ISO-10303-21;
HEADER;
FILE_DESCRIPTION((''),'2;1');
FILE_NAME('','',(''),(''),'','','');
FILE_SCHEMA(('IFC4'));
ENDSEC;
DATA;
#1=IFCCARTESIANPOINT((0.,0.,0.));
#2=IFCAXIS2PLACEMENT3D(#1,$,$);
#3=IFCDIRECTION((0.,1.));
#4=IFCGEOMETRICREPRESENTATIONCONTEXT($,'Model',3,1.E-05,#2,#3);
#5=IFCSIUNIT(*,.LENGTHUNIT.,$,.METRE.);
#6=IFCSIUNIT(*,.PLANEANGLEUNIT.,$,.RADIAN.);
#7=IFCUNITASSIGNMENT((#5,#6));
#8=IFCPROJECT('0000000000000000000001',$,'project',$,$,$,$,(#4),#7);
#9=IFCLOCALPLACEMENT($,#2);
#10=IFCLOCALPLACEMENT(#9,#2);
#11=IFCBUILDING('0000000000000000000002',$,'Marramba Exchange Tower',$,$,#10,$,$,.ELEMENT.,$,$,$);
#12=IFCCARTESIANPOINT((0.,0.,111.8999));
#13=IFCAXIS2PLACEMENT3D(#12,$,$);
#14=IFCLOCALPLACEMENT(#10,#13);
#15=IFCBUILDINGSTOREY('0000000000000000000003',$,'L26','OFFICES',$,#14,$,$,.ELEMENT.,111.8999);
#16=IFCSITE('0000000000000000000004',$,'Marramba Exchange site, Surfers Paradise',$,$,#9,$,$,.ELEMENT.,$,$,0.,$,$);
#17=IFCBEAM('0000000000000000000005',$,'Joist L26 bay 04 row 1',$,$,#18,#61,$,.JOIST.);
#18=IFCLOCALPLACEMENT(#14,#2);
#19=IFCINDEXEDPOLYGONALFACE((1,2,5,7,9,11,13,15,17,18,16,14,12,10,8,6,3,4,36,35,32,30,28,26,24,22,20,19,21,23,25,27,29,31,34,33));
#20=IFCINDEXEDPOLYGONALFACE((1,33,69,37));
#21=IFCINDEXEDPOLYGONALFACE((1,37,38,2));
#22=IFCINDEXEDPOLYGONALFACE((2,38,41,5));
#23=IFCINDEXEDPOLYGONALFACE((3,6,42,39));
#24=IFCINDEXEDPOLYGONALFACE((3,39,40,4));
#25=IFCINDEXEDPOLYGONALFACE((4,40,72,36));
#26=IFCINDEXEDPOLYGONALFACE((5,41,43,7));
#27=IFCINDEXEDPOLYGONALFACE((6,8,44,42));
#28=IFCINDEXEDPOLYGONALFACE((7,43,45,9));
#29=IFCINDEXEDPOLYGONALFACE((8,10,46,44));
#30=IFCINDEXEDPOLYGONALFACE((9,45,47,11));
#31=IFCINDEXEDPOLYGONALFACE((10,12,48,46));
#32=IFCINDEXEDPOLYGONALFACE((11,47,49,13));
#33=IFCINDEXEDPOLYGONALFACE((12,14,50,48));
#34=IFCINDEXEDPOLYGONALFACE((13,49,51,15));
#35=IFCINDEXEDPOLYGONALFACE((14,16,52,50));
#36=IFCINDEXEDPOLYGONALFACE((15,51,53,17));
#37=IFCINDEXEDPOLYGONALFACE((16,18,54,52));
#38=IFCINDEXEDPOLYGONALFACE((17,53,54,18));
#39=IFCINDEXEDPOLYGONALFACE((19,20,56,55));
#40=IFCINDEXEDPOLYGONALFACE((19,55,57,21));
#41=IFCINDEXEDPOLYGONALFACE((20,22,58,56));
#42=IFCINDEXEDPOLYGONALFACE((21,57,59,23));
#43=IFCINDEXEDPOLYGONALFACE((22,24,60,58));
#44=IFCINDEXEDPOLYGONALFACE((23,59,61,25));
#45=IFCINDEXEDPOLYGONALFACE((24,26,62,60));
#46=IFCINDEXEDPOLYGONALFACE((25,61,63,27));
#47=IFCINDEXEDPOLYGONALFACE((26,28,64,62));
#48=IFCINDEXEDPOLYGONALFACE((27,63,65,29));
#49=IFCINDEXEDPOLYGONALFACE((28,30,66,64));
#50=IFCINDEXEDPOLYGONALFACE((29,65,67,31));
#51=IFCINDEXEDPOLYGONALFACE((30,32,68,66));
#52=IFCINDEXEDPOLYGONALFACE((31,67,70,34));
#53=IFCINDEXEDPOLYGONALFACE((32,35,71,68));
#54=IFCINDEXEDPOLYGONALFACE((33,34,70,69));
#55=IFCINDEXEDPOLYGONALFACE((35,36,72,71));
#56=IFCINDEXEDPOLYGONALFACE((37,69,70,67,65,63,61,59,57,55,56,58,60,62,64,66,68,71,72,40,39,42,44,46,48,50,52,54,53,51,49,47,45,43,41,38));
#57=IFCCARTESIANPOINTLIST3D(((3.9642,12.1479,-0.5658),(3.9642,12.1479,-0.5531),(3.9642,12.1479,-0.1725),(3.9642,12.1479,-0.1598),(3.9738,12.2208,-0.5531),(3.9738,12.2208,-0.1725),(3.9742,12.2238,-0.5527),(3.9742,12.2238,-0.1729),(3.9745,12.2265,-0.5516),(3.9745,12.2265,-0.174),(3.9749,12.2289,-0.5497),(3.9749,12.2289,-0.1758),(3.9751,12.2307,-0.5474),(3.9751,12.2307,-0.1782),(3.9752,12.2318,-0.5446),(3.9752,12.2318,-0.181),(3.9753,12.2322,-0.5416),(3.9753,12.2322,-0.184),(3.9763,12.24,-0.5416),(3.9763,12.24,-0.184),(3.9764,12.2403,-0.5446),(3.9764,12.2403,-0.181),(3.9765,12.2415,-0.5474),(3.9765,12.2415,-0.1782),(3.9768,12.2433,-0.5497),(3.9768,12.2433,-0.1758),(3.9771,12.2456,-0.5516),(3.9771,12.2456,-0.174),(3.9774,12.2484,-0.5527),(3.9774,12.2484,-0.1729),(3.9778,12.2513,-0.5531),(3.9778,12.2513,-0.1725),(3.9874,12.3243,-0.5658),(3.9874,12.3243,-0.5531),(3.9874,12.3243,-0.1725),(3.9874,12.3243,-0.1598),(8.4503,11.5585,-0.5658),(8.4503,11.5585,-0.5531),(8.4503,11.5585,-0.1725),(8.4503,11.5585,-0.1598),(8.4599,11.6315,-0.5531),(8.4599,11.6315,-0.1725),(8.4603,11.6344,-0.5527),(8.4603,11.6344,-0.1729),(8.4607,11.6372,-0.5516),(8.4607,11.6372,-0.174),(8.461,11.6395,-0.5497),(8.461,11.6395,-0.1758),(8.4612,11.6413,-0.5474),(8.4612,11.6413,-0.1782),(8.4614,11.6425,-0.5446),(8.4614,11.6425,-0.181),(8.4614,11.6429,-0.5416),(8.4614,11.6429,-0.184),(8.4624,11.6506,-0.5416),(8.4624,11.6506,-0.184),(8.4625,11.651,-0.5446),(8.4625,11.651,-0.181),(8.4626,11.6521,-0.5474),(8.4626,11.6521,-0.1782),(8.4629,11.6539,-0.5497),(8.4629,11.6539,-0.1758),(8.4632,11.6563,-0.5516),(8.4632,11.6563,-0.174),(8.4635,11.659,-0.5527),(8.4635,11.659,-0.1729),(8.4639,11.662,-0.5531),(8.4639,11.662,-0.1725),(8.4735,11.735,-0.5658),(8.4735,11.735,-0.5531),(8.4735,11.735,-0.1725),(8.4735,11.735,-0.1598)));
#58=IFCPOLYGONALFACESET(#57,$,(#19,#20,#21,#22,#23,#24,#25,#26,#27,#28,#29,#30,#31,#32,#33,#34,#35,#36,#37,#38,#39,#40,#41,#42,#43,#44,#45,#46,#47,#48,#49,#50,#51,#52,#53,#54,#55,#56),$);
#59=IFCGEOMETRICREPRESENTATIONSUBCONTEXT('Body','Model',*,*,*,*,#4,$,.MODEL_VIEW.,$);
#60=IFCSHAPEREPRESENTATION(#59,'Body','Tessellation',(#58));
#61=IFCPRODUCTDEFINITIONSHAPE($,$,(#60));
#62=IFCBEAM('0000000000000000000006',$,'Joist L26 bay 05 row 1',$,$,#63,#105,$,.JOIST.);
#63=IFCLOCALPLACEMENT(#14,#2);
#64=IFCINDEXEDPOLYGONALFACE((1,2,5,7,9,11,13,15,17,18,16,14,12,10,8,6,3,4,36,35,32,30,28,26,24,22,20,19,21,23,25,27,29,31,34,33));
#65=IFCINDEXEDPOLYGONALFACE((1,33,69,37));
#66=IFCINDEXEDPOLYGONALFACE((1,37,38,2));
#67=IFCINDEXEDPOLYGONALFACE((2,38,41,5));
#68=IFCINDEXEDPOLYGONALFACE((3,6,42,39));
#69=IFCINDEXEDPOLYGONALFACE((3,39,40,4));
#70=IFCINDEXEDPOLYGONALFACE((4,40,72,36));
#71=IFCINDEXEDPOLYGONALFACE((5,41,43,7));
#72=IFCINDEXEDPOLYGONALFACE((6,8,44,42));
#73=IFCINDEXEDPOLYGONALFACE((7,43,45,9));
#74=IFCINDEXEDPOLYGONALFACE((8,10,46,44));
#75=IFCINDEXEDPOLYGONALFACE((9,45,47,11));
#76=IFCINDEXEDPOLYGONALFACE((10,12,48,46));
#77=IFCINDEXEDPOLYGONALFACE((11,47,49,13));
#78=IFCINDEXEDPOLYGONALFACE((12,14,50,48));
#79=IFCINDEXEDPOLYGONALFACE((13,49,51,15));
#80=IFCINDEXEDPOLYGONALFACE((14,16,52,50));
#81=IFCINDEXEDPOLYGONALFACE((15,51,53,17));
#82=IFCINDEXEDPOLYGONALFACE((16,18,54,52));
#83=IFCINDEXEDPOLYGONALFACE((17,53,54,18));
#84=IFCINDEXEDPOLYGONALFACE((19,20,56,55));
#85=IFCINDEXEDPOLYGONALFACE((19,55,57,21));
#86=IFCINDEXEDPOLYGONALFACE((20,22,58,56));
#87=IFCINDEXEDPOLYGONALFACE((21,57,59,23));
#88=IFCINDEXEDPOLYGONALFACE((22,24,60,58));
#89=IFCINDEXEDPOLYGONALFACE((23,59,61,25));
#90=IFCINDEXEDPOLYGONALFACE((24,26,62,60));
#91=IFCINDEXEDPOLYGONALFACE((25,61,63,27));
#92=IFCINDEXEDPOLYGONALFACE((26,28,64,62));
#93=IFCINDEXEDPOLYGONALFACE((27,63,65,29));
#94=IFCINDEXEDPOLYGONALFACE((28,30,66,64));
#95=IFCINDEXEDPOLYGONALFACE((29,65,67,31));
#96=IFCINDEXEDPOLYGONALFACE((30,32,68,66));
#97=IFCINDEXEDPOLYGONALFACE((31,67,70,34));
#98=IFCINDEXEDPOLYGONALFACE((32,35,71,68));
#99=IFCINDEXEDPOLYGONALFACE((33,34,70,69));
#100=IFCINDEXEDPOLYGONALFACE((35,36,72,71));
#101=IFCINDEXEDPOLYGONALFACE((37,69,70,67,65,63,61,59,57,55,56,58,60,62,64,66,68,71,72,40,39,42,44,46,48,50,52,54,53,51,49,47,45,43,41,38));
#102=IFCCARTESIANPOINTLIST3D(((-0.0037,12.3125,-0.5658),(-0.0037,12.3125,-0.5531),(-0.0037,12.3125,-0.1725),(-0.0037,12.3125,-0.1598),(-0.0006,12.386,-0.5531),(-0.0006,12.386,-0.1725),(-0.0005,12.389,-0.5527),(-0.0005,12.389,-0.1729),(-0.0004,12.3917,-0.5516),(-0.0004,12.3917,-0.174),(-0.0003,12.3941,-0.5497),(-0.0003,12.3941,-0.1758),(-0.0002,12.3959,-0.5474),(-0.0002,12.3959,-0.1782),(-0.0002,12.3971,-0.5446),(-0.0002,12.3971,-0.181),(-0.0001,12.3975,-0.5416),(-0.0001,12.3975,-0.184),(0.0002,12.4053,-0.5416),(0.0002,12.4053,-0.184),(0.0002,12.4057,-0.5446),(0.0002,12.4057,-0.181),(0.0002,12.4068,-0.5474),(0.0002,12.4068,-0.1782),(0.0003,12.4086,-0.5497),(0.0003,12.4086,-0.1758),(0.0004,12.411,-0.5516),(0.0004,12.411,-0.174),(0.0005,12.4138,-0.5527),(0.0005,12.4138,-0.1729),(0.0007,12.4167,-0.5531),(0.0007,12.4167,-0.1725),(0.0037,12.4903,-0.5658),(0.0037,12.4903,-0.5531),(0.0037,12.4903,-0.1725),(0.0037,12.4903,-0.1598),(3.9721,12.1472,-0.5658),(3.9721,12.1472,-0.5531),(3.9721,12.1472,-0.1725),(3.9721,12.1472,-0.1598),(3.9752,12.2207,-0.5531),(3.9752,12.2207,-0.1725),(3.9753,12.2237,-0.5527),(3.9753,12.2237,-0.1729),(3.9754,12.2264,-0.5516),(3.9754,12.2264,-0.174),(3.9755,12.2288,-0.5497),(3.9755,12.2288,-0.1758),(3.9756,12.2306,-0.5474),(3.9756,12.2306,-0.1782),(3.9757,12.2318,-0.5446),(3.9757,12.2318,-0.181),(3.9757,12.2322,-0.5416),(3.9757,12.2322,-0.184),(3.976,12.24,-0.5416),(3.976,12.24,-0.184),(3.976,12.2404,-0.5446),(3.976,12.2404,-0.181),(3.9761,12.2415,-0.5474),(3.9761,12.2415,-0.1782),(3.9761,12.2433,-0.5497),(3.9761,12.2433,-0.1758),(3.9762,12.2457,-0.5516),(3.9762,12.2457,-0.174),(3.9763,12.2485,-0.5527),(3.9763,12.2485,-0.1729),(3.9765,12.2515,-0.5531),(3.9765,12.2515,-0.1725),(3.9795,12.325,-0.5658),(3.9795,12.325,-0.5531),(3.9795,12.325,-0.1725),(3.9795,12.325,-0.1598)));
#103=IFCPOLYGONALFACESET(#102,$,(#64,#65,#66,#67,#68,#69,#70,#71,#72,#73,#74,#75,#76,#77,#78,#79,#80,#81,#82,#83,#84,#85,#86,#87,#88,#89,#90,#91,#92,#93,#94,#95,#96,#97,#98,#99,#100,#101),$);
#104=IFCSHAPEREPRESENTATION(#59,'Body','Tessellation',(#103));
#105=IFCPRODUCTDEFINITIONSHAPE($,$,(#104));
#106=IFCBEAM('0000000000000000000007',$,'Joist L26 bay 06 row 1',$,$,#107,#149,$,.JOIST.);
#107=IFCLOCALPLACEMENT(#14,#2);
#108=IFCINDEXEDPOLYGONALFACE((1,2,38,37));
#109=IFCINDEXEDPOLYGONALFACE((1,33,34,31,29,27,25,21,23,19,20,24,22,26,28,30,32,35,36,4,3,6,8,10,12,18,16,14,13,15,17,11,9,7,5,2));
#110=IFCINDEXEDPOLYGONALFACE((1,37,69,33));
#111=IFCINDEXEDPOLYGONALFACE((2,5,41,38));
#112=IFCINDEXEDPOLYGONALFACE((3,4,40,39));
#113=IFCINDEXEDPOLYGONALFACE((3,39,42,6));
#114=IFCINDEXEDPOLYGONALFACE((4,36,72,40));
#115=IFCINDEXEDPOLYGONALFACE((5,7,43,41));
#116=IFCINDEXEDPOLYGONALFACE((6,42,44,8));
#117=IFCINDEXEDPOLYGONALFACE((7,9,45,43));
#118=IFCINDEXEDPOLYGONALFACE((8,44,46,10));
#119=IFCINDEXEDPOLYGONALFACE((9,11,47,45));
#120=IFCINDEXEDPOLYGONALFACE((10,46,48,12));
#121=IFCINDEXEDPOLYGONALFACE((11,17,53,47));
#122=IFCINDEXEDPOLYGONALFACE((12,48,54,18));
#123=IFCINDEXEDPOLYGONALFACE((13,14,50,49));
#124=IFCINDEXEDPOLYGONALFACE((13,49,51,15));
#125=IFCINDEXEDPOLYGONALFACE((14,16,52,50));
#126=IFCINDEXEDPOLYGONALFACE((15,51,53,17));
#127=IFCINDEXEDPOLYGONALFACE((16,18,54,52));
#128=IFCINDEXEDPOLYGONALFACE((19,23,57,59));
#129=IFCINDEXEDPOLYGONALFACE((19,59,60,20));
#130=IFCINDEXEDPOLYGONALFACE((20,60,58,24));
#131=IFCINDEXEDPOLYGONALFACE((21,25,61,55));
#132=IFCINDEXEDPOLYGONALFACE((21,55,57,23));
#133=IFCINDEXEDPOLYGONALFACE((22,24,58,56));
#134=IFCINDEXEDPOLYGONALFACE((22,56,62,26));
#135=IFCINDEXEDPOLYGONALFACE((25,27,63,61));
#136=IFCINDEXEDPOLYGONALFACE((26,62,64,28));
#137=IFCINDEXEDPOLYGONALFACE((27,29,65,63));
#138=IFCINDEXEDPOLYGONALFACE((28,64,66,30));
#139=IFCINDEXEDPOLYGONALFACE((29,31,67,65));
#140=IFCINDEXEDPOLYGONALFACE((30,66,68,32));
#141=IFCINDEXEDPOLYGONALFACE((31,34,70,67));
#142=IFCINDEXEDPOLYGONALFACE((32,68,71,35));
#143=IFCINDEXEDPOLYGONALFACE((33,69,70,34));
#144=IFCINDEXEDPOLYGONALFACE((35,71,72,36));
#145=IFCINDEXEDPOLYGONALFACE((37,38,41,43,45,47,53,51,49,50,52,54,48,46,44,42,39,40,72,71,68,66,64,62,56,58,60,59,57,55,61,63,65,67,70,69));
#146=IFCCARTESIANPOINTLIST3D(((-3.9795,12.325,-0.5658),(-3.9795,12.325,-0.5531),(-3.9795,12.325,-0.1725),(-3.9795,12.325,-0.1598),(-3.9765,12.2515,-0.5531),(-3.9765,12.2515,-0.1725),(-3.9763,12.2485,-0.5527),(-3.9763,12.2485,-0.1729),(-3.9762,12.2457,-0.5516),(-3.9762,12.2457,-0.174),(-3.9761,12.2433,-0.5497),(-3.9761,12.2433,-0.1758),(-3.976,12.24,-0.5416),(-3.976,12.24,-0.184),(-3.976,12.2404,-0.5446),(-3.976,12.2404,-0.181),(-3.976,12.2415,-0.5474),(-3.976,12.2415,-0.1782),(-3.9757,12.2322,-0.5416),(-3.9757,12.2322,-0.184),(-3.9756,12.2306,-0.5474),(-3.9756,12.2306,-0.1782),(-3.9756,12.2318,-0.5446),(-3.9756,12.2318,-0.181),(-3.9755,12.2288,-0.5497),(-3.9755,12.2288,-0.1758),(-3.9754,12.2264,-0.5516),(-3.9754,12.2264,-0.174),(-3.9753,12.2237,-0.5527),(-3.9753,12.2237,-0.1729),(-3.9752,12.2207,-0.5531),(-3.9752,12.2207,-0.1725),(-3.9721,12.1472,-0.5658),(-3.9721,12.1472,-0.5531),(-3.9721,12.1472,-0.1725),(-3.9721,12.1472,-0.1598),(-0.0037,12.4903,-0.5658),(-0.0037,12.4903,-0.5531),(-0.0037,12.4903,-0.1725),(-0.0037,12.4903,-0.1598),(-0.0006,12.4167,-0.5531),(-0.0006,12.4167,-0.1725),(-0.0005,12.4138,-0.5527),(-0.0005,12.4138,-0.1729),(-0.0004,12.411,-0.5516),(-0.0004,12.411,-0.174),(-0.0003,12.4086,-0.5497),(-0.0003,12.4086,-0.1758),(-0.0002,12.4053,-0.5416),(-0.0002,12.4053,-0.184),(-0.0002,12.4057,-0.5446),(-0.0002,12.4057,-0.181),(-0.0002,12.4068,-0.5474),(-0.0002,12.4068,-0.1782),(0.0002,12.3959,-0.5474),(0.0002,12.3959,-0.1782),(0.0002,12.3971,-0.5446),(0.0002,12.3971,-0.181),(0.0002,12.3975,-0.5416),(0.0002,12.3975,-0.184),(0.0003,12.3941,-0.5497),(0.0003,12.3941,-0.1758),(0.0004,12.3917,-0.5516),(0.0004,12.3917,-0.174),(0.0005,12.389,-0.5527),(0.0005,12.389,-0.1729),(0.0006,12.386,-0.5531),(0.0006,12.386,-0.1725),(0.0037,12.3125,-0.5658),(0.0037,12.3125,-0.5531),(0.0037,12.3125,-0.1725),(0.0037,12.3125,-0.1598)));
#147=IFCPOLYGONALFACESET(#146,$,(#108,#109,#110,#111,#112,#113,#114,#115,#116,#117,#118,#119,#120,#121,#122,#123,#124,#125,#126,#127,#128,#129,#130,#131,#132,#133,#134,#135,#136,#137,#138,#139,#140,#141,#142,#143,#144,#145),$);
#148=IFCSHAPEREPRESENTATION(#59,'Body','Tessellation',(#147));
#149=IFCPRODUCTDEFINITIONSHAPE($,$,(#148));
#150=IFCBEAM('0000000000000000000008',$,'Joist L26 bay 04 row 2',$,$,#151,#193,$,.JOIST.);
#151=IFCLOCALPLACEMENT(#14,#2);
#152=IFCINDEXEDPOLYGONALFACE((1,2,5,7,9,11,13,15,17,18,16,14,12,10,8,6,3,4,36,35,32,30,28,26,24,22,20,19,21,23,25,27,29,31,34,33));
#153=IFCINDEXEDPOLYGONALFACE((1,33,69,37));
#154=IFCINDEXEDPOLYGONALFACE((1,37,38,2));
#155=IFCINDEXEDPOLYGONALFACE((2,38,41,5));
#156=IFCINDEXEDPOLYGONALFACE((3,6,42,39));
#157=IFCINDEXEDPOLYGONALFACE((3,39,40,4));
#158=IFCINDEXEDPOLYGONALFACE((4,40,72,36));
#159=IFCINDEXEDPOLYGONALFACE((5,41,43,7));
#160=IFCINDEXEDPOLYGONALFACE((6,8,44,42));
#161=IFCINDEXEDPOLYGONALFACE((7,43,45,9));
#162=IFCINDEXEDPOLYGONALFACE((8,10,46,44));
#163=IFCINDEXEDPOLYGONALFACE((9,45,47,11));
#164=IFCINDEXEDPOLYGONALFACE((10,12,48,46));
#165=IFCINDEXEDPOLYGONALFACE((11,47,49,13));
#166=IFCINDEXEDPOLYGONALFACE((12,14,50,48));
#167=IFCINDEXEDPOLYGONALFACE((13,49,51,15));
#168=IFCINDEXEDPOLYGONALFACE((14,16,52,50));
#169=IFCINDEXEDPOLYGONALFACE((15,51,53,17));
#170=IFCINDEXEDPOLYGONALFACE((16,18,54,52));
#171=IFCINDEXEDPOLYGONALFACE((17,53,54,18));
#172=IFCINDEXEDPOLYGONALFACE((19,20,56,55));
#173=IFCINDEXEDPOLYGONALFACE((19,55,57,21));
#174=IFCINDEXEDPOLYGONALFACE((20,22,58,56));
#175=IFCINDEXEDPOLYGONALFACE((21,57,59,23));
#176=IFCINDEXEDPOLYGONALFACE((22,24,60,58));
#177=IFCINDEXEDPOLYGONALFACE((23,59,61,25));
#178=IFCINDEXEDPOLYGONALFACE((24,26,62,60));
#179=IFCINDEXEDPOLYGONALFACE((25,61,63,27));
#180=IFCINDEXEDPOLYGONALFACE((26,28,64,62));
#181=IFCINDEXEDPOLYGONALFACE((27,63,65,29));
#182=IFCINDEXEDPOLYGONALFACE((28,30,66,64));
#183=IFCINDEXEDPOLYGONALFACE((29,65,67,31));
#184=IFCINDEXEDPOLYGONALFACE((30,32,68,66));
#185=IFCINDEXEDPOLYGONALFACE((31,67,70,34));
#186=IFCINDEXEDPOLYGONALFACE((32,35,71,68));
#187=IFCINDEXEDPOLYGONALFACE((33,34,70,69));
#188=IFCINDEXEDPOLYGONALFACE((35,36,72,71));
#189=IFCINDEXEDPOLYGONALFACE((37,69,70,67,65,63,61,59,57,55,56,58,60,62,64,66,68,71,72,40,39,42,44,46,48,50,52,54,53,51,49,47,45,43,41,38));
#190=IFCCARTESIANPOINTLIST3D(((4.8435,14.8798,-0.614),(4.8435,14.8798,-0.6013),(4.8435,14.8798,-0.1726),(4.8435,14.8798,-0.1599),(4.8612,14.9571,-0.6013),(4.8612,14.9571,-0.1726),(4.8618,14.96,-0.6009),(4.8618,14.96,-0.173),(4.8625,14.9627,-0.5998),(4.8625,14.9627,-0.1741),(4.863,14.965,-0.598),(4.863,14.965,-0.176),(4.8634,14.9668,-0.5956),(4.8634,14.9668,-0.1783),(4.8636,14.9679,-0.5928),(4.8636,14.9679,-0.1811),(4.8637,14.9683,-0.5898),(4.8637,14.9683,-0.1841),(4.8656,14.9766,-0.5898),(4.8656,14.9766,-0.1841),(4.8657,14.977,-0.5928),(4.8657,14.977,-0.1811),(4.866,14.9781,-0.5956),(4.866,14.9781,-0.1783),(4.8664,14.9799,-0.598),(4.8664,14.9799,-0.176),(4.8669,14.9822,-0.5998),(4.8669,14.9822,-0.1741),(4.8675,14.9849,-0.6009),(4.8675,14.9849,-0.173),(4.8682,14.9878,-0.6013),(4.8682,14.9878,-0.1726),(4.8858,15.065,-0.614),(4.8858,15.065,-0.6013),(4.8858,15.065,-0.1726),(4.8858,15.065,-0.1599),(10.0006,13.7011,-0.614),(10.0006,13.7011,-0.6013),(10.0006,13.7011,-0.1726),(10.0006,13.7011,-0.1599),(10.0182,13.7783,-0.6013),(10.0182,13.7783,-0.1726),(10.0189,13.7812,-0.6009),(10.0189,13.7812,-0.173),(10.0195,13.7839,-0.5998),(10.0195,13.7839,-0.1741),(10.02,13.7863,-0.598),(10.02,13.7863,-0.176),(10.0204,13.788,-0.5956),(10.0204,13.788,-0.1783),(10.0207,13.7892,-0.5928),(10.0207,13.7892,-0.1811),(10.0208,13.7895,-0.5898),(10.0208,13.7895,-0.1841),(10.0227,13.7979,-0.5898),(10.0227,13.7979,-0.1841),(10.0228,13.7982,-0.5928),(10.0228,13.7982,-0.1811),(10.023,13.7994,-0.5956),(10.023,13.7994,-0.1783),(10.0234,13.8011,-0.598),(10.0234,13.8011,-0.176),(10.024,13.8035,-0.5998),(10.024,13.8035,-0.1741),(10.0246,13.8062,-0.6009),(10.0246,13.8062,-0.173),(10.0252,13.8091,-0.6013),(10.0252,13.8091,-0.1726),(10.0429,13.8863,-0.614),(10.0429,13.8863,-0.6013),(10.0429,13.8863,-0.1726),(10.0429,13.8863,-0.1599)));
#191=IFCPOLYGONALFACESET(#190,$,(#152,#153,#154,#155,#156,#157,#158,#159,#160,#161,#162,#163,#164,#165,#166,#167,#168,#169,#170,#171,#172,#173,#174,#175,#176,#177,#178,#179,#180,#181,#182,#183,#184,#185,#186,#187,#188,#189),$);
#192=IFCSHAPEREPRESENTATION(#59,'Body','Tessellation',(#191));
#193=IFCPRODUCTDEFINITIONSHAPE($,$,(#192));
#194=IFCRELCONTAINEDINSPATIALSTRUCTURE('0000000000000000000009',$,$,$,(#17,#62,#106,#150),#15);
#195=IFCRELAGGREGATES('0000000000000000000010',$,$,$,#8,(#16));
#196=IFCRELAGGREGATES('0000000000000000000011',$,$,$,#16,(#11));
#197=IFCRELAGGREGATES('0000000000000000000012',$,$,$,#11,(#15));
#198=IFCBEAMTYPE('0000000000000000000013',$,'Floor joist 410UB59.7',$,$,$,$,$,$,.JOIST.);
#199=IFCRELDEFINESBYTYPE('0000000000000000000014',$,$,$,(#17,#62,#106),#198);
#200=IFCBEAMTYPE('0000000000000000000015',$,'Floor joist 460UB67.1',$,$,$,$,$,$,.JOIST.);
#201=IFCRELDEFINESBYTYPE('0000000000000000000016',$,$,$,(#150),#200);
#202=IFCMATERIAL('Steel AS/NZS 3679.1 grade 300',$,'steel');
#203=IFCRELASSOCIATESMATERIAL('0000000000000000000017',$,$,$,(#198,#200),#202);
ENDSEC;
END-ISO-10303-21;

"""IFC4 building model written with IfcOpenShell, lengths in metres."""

from ifc_helpers import new_model, si_unit, direction, frame, origin, origin_2d, place, context, subcontext, project, spatial, i_section, extrude, material, material_profile, profile_set, type_object, element, save


model = new_model("IFC4")

# Units and contexts
model_context = context("Model", 3, precision=1e-05, world=origin(), true_north=direction((0.0, 1.0)))
body_context = subcontext(model_context, "Body", "Model", "MODEL_VIEW")
ifc_project = project(units=[si_unit("LENGTHUNIT", "METRE"), si_unit("PLANEANGLEUNIT", "RADIAN")], contexts=[model_context])

# Site, building, storey
site_placement = place(None, origin())
site = spatial("IfcSite", under=ifc_project, at=site_placement, Name="Marramba Exchange site, Surfers Paradise", CompositionType="ELEMENT", RefElevation=0.0)
building_placement = place(site_placement, origin())
building = spatial("IfcBuilding", under=site, at=building_placement, Name="Marramba Exchange Tower", CompositionType="ELEMENT")
storey_placement = place(building_placement, frame((0.0, 0.0, 111.8999)))
storey = spatial("IfcBuildingStorey", under=building, at=storey_placement, Name="L26", Description="OFFICES", CompositionType="ELEMENT", Elevation=111.8999)

# Beams
ifc_material_1 = material(Name="Steel AS/NZS 3679.1 grade 300", Category="steel")
ifc_material_profile_1 = material_profile(ifc_material_1, i_section(OverallWidth=0.178, OverallDepth=0.406, WebThickness=0.0078, FlangeThickness=0.0127, FilletRadius=0.0115, at=origin_2d()), Name="410UB59.7")
ifc_profile_set_1 = profile_set([ifc_material_profile_1], Name="Steel AS/NZS 3679.1 grade 300")
beam_type_1 = type_object("IfcBeamType", Name="Floor joist 410UB59.7", PredefinedType="JOIST", material=ifc_profile_set_1)
beam_1_placement = place(storey_placement, frame((8.4619, 11.6467, -0.3628), z_axis=(-0.991481, 0.130255, 0.0), x_axis=(-0.130255, -0.991481, 0.0)))
element("IfcBeam", 1, at=beam_1_placement, inside=storey, type_object=beam_type_1, Name="Joist L26 bay 04 row 1", PredefinedType="JOIST", context=body_context, shape_type="SweptSolid", body=[
    extrude(i_section(OverallWidth=0.178, OverallDepth=0.406, WebThickness=0.0078, FlangeThickness=0.0127, FilletRadius=0.0115, at=origin_2d()), origin(), (0.0, 0.0, 1.0), 4.5247),
])
for number, where, z_axis, x_axis, name in (
    (2, (3.9758, 12.2361, -0.3628), (-0.999137, 0.041536, 0.0), (-0.041536, -0.999137, 0.0), "Joist L26 bay 05 row 1"),
    (3, (0.0, 12.4014, -0.3628), (-0.999137, -0.041536, 0.0), (0.041536, -0.999137, 0.0), "Joist L26 bay 06 row 1"),
):
    element("IfcBeam", number, at=place(storey_placement, frame(where, z_axis=z_axis, x_axis=x_axis)), inside=storey, type_object=beam_type_1, Name=name, PredefinedType="JOIST", context=body_context, shape_type="SweptSolid", body=[
        extrude(i_section(OverallWidth=0.178, OverallDepth=0.406, WebThickness=0.0078, FlangeThickness=0.0127, FilletRadius=0.0115, at=origin_2d()), origin(), (0.0, 0.0, 1.0), 3.9792),
    ])
ifc_material_profile_2 = material_profile(ifc_material_1, i_section(OverallWidth=0.1899, OverallDepth=0.4541, WebThickness=0.0085, FlangeThickness=0.0127, FilletRadius=0.0115, at=origin_2d()), Name="460UB67.1")
ifc_profile_set_2 = profile_set([ifc_material_profile_2], Name="Steel AS/NZS 3679.1 grade 300")
beam_type_2 = type_object("IfcBeamType", Name="Floor joist 460UB67.1", PredefinedType="JOIST", material=ifc_profile_set_2)
beam_2_placement = place(storey_placement, frame((10.0217, 13.7937, -0.387), z_axis=(-0.97486, 0.22282, 0.0), x_axis=(-0.22282, -0.97486, 0.0)))
element("IfcBeam", 4, at=beam_2_placement, inside=storey, type_object=beam_type_2, Name="Joist L26 bay 04 row 2", PredefinedType="JOIST", context=body_context, shape_type="SweptSolid", body=[
    extrude(i_section(OverallWidth=0.1899, OverallDepth=0.4541, WebThickness=0.0085, FlangeThickness=0.0127, FilletRadius=0.0115, at=origin_2d()), origin(), (0.0, 0.0, 1.0), 5.29),
])

save(model, "model.ifc")
